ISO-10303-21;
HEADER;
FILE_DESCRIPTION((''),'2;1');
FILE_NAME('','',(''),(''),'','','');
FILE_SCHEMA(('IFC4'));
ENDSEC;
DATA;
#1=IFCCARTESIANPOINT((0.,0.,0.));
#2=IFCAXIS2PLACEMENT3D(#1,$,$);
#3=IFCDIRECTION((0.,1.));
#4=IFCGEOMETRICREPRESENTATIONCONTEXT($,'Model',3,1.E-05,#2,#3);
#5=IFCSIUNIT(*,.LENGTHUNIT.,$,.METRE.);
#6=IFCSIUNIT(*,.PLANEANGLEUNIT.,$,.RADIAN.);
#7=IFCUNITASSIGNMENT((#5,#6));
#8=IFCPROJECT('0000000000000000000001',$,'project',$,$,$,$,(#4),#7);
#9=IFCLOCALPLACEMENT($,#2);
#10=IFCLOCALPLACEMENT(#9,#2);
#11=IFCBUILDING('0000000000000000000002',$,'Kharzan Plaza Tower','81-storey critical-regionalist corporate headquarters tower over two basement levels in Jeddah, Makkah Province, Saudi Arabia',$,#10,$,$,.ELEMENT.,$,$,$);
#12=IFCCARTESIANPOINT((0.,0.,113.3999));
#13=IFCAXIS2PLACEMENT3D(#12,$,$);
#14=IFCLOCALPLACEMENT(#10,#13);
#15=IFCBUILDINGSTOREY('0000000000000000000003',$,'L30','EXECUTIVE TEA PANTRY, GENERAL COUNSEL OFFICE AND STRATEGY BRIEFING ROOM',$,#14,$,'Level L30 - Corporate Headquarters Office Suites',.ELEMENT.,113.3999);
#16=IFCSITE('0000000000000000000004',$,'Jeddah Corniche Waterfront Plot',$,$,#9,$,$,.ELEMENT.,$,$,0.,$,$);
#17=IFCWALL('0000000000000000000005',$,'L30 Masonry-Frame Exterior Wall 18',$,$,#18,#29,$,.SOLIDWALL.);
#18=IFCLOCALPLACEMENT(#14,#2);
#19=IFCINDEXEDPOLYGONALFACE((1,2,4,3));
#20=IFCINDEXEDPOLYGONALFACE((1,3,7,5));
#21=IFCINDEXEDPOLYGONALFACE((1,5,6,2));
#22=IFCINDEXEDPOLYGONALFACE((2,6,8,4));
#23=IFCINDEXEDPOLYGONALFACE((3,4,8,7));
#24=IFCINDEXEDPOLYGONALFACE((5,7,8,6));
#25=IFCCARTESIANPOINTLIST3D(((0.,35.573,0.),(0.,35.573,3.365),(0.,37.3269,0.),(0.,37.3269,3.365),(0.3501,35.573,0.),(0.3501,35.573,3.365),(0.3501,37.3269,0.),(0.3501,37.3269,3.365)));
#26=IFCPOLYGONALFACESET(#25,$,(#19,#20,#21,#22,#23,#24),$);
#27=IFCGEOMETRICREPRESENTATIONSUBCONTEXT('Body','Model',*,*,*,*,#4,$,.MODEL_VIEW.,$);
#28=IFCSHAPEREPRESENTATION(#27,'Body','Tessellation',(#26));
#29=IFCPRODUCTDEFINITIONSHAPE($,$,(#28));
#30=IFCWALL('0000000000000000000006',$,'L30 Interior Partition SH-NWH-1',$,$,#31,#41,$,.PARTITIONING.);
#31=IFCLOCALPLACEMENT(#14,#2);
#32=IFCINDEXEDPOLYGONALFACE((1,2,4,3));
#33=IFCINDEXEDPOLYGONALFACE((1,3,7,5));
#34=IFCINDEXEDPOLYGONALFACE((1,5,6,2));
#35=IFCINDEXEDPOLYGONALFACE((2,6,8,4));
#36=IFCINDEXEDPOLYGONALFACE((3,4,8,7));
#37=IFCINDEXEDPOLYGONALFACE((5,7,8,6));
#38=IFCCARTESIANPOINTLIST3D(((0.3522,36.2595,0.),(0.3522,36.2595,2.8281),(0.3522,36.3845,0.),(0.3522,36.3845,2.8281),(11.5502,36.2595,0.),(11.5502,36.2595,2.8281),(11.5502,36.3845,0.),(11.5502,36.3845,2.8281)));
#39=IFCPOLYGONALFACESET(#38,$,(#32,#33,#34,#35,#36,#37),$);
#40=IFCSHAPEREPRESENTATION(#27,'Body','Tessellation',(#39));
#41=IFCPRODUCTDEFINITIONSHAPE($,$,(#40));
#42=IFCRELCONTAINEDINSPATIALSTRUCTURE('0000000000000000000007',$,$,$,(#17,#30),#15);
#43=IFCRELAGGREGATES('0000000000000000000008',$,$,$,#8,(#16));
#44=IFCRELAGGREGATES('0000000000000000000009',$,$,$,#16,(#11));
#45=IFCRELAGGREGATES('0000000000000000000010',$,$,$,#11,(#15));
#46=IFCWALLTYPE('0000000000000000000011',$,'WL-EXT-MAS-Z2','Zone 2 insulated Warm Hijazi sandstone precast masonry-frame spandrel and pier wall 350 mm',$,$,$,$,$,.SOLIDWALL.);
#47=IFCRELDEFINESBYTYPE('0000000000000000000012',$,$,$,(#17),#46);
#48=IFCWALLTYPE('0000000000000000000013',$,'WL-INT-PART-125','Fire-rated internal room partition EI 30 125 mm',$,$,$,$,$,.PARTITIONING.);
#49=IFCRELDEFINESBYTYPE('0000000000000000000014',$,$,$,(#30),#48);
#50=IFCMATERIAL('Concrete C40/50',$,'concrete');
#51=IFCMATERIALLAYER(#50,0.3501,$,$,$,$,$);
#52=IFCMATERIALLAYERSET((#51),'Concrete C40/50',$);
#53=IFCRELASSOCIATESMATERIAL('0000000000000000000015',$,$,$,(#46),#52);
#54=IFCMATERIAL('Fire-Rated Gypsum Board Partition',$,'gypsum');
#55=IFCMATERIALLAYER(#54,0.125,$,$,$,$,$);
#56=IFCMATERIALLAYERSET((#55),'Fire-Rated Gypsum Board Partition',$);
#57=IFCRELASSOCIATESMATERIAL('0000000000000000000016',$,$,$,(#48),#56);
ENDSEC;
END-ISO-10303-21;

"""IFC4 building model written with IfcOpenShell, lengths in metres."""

from ifc_helpers import new_model, si_unit, direction, frame, frame_2d, origin, place, context, subcontext, project, spatial, rectangle, extrude, source, transform, mapped, material, layer, layer_set, type_object, element, save


model = new_model("IFC4")

# Units and contexts
model_context = context("Model", 3, precision=1e-05, world=origin(), true_north=direction((0.0, 1.0)))
body_context = subcontext(model_context, "Body", "Model", "MODEL_VIEW")
ifc_project = project(units=[si_unit("LENGTHUNIT", "METRE"), si_unit("PLANEANGLEUNIT", "RADIAN")], contexts=[model_context])

# Site, building, storey
site_placement = place(None, origin())
site = spatial("IfcSite", under=ifc_project, at=site_placement, Name="Jeddah Corniche Waterfront Plot", CompositionType="ELEMENT", RefElevation=0.0)
building_placement = place(site_placement, origin())
building = spatial("IfcBuilding", under=site, at=building_placement, Name="Kharzan Plaza Tower", Description="81-storey critical-regionalist corporate headquarters tower over two basement levels in Jeddah, Makkah Province, Saudi Arabia", CompositionType="ELEMENT")
storey_placement = place(building_placement, frame((0.0, 0.0, 113.3999)))
storey = spatial("IfcBuildingStorey", under=building, at=storey_placement, Name="L30", Description="EXECUTIVE TEA PANTRY, GENERAL COUNSEL OFFICE AND STRATEGY BRIEFING ROOM", LongName="Level L30 - Corporate Headquarters Office Suites", CompositionType="ELEMENT", Elevation=113.3999)

# Shared definitions
ifc_material_1 = material(Name="Concrete C40/50", Category="concrete")
ifc_layer_1 = layer(ifc_material_1, 0.3501)
ifc_layer_set_1 = layer_set([ifc_layer_1], Name="Concrete C40/50")
wall_type_1 = type_object("IfcWallType", Name="WL-EXT-MAS-Z2", Description="Zone 2 insulated Warm Hijazi sandstone precast masonry-frame spandrel and pier wall 350 mm", PredefinedType="SOLIDWALL", material=ifc_layer_set_1)

# Walls
ifc_material_2 = material(Name="Fire-Rated Gypsum Board Partition", Category="gypsum")
ifc_layer_2 = layer(ifc_material_2, 0.125)
ifc_layer_set_2 = layer_set([ifc_layer_2], Name="Fire-Rated Gypsum Board Partition")
wall_type_2 = type_object("IfcWallType", Name="WL-INT-PART-125", Description="Fire-rated internal room partition EI 30 125 mm", PredefinedType="PARTITIONING", material=ifc_layer_set_2)
shared_shape_1 = source(origin(), body_context, "Body", "SweptSolid", [
    extrude(rectangle(XDim=1.7539, YDim=0.3501, at=frame_2d((0.877, 0.0))), origin(), (0.0, 0.0, 1.0), 3.365),
])
wall_1_placement = place(storey_placement, frame((0.175, 37.3269, 0.0), z_axis=(0.0, 0.0, 1.0), x_axis=(0.0, -1.0, 0.0)))
element("IfcWall", 1, at=wall_1_placement, inside=storey, type_object=wall_type_1, Name="L30 Masonry-Frame Exterior Wall 18", PredefinedType="SOLIDWALL", context=body_context, shape_type="MappedRepresentation", body=[
    mapped(shared_shape_1, transform((0.0, 0.0, 0.0), x_axis=(1.0, 0.0, 0.0), y_axis=(0.0, 1.0, 0.0), z_axis=(0.0, 0.0, 1.0))),
])
shared_shape_2 = source(origin(), body_context, "Body", "SweptSolid", [
    extrude(rectangle(XDim=11.198, YDim=0.125, at=frame_2d((5.5991, 0.0))), origin(), (0.0, 0.0, 1.0), 2.8281),
])
wall_2_placement = place(storey_placement, frame((0.3521, 36.322, 0.0), z_axis=(0.0, 0.0, 1.0), x_axis=(1.0, 0.0, 0.0)))
element("IfcWall", 2, at=wall_2_placement, inside=storey, type_object=wall_type_2, Name="L30 Interior Partition SH-NWH-1", PredefinedType="PARTITIONING", context=body_context, shape_type="MappedRepresentation", body=[
    mapped(shared_shape_2, transform((0.0, 0.0, 0.0), x_axis=(1.0, 0.0, 0.0), y_axis=(0.0, 1.0, 0.0), z_axis=(0.0, 0.0, 1.0))),
])

save(model, "model.ifc")
